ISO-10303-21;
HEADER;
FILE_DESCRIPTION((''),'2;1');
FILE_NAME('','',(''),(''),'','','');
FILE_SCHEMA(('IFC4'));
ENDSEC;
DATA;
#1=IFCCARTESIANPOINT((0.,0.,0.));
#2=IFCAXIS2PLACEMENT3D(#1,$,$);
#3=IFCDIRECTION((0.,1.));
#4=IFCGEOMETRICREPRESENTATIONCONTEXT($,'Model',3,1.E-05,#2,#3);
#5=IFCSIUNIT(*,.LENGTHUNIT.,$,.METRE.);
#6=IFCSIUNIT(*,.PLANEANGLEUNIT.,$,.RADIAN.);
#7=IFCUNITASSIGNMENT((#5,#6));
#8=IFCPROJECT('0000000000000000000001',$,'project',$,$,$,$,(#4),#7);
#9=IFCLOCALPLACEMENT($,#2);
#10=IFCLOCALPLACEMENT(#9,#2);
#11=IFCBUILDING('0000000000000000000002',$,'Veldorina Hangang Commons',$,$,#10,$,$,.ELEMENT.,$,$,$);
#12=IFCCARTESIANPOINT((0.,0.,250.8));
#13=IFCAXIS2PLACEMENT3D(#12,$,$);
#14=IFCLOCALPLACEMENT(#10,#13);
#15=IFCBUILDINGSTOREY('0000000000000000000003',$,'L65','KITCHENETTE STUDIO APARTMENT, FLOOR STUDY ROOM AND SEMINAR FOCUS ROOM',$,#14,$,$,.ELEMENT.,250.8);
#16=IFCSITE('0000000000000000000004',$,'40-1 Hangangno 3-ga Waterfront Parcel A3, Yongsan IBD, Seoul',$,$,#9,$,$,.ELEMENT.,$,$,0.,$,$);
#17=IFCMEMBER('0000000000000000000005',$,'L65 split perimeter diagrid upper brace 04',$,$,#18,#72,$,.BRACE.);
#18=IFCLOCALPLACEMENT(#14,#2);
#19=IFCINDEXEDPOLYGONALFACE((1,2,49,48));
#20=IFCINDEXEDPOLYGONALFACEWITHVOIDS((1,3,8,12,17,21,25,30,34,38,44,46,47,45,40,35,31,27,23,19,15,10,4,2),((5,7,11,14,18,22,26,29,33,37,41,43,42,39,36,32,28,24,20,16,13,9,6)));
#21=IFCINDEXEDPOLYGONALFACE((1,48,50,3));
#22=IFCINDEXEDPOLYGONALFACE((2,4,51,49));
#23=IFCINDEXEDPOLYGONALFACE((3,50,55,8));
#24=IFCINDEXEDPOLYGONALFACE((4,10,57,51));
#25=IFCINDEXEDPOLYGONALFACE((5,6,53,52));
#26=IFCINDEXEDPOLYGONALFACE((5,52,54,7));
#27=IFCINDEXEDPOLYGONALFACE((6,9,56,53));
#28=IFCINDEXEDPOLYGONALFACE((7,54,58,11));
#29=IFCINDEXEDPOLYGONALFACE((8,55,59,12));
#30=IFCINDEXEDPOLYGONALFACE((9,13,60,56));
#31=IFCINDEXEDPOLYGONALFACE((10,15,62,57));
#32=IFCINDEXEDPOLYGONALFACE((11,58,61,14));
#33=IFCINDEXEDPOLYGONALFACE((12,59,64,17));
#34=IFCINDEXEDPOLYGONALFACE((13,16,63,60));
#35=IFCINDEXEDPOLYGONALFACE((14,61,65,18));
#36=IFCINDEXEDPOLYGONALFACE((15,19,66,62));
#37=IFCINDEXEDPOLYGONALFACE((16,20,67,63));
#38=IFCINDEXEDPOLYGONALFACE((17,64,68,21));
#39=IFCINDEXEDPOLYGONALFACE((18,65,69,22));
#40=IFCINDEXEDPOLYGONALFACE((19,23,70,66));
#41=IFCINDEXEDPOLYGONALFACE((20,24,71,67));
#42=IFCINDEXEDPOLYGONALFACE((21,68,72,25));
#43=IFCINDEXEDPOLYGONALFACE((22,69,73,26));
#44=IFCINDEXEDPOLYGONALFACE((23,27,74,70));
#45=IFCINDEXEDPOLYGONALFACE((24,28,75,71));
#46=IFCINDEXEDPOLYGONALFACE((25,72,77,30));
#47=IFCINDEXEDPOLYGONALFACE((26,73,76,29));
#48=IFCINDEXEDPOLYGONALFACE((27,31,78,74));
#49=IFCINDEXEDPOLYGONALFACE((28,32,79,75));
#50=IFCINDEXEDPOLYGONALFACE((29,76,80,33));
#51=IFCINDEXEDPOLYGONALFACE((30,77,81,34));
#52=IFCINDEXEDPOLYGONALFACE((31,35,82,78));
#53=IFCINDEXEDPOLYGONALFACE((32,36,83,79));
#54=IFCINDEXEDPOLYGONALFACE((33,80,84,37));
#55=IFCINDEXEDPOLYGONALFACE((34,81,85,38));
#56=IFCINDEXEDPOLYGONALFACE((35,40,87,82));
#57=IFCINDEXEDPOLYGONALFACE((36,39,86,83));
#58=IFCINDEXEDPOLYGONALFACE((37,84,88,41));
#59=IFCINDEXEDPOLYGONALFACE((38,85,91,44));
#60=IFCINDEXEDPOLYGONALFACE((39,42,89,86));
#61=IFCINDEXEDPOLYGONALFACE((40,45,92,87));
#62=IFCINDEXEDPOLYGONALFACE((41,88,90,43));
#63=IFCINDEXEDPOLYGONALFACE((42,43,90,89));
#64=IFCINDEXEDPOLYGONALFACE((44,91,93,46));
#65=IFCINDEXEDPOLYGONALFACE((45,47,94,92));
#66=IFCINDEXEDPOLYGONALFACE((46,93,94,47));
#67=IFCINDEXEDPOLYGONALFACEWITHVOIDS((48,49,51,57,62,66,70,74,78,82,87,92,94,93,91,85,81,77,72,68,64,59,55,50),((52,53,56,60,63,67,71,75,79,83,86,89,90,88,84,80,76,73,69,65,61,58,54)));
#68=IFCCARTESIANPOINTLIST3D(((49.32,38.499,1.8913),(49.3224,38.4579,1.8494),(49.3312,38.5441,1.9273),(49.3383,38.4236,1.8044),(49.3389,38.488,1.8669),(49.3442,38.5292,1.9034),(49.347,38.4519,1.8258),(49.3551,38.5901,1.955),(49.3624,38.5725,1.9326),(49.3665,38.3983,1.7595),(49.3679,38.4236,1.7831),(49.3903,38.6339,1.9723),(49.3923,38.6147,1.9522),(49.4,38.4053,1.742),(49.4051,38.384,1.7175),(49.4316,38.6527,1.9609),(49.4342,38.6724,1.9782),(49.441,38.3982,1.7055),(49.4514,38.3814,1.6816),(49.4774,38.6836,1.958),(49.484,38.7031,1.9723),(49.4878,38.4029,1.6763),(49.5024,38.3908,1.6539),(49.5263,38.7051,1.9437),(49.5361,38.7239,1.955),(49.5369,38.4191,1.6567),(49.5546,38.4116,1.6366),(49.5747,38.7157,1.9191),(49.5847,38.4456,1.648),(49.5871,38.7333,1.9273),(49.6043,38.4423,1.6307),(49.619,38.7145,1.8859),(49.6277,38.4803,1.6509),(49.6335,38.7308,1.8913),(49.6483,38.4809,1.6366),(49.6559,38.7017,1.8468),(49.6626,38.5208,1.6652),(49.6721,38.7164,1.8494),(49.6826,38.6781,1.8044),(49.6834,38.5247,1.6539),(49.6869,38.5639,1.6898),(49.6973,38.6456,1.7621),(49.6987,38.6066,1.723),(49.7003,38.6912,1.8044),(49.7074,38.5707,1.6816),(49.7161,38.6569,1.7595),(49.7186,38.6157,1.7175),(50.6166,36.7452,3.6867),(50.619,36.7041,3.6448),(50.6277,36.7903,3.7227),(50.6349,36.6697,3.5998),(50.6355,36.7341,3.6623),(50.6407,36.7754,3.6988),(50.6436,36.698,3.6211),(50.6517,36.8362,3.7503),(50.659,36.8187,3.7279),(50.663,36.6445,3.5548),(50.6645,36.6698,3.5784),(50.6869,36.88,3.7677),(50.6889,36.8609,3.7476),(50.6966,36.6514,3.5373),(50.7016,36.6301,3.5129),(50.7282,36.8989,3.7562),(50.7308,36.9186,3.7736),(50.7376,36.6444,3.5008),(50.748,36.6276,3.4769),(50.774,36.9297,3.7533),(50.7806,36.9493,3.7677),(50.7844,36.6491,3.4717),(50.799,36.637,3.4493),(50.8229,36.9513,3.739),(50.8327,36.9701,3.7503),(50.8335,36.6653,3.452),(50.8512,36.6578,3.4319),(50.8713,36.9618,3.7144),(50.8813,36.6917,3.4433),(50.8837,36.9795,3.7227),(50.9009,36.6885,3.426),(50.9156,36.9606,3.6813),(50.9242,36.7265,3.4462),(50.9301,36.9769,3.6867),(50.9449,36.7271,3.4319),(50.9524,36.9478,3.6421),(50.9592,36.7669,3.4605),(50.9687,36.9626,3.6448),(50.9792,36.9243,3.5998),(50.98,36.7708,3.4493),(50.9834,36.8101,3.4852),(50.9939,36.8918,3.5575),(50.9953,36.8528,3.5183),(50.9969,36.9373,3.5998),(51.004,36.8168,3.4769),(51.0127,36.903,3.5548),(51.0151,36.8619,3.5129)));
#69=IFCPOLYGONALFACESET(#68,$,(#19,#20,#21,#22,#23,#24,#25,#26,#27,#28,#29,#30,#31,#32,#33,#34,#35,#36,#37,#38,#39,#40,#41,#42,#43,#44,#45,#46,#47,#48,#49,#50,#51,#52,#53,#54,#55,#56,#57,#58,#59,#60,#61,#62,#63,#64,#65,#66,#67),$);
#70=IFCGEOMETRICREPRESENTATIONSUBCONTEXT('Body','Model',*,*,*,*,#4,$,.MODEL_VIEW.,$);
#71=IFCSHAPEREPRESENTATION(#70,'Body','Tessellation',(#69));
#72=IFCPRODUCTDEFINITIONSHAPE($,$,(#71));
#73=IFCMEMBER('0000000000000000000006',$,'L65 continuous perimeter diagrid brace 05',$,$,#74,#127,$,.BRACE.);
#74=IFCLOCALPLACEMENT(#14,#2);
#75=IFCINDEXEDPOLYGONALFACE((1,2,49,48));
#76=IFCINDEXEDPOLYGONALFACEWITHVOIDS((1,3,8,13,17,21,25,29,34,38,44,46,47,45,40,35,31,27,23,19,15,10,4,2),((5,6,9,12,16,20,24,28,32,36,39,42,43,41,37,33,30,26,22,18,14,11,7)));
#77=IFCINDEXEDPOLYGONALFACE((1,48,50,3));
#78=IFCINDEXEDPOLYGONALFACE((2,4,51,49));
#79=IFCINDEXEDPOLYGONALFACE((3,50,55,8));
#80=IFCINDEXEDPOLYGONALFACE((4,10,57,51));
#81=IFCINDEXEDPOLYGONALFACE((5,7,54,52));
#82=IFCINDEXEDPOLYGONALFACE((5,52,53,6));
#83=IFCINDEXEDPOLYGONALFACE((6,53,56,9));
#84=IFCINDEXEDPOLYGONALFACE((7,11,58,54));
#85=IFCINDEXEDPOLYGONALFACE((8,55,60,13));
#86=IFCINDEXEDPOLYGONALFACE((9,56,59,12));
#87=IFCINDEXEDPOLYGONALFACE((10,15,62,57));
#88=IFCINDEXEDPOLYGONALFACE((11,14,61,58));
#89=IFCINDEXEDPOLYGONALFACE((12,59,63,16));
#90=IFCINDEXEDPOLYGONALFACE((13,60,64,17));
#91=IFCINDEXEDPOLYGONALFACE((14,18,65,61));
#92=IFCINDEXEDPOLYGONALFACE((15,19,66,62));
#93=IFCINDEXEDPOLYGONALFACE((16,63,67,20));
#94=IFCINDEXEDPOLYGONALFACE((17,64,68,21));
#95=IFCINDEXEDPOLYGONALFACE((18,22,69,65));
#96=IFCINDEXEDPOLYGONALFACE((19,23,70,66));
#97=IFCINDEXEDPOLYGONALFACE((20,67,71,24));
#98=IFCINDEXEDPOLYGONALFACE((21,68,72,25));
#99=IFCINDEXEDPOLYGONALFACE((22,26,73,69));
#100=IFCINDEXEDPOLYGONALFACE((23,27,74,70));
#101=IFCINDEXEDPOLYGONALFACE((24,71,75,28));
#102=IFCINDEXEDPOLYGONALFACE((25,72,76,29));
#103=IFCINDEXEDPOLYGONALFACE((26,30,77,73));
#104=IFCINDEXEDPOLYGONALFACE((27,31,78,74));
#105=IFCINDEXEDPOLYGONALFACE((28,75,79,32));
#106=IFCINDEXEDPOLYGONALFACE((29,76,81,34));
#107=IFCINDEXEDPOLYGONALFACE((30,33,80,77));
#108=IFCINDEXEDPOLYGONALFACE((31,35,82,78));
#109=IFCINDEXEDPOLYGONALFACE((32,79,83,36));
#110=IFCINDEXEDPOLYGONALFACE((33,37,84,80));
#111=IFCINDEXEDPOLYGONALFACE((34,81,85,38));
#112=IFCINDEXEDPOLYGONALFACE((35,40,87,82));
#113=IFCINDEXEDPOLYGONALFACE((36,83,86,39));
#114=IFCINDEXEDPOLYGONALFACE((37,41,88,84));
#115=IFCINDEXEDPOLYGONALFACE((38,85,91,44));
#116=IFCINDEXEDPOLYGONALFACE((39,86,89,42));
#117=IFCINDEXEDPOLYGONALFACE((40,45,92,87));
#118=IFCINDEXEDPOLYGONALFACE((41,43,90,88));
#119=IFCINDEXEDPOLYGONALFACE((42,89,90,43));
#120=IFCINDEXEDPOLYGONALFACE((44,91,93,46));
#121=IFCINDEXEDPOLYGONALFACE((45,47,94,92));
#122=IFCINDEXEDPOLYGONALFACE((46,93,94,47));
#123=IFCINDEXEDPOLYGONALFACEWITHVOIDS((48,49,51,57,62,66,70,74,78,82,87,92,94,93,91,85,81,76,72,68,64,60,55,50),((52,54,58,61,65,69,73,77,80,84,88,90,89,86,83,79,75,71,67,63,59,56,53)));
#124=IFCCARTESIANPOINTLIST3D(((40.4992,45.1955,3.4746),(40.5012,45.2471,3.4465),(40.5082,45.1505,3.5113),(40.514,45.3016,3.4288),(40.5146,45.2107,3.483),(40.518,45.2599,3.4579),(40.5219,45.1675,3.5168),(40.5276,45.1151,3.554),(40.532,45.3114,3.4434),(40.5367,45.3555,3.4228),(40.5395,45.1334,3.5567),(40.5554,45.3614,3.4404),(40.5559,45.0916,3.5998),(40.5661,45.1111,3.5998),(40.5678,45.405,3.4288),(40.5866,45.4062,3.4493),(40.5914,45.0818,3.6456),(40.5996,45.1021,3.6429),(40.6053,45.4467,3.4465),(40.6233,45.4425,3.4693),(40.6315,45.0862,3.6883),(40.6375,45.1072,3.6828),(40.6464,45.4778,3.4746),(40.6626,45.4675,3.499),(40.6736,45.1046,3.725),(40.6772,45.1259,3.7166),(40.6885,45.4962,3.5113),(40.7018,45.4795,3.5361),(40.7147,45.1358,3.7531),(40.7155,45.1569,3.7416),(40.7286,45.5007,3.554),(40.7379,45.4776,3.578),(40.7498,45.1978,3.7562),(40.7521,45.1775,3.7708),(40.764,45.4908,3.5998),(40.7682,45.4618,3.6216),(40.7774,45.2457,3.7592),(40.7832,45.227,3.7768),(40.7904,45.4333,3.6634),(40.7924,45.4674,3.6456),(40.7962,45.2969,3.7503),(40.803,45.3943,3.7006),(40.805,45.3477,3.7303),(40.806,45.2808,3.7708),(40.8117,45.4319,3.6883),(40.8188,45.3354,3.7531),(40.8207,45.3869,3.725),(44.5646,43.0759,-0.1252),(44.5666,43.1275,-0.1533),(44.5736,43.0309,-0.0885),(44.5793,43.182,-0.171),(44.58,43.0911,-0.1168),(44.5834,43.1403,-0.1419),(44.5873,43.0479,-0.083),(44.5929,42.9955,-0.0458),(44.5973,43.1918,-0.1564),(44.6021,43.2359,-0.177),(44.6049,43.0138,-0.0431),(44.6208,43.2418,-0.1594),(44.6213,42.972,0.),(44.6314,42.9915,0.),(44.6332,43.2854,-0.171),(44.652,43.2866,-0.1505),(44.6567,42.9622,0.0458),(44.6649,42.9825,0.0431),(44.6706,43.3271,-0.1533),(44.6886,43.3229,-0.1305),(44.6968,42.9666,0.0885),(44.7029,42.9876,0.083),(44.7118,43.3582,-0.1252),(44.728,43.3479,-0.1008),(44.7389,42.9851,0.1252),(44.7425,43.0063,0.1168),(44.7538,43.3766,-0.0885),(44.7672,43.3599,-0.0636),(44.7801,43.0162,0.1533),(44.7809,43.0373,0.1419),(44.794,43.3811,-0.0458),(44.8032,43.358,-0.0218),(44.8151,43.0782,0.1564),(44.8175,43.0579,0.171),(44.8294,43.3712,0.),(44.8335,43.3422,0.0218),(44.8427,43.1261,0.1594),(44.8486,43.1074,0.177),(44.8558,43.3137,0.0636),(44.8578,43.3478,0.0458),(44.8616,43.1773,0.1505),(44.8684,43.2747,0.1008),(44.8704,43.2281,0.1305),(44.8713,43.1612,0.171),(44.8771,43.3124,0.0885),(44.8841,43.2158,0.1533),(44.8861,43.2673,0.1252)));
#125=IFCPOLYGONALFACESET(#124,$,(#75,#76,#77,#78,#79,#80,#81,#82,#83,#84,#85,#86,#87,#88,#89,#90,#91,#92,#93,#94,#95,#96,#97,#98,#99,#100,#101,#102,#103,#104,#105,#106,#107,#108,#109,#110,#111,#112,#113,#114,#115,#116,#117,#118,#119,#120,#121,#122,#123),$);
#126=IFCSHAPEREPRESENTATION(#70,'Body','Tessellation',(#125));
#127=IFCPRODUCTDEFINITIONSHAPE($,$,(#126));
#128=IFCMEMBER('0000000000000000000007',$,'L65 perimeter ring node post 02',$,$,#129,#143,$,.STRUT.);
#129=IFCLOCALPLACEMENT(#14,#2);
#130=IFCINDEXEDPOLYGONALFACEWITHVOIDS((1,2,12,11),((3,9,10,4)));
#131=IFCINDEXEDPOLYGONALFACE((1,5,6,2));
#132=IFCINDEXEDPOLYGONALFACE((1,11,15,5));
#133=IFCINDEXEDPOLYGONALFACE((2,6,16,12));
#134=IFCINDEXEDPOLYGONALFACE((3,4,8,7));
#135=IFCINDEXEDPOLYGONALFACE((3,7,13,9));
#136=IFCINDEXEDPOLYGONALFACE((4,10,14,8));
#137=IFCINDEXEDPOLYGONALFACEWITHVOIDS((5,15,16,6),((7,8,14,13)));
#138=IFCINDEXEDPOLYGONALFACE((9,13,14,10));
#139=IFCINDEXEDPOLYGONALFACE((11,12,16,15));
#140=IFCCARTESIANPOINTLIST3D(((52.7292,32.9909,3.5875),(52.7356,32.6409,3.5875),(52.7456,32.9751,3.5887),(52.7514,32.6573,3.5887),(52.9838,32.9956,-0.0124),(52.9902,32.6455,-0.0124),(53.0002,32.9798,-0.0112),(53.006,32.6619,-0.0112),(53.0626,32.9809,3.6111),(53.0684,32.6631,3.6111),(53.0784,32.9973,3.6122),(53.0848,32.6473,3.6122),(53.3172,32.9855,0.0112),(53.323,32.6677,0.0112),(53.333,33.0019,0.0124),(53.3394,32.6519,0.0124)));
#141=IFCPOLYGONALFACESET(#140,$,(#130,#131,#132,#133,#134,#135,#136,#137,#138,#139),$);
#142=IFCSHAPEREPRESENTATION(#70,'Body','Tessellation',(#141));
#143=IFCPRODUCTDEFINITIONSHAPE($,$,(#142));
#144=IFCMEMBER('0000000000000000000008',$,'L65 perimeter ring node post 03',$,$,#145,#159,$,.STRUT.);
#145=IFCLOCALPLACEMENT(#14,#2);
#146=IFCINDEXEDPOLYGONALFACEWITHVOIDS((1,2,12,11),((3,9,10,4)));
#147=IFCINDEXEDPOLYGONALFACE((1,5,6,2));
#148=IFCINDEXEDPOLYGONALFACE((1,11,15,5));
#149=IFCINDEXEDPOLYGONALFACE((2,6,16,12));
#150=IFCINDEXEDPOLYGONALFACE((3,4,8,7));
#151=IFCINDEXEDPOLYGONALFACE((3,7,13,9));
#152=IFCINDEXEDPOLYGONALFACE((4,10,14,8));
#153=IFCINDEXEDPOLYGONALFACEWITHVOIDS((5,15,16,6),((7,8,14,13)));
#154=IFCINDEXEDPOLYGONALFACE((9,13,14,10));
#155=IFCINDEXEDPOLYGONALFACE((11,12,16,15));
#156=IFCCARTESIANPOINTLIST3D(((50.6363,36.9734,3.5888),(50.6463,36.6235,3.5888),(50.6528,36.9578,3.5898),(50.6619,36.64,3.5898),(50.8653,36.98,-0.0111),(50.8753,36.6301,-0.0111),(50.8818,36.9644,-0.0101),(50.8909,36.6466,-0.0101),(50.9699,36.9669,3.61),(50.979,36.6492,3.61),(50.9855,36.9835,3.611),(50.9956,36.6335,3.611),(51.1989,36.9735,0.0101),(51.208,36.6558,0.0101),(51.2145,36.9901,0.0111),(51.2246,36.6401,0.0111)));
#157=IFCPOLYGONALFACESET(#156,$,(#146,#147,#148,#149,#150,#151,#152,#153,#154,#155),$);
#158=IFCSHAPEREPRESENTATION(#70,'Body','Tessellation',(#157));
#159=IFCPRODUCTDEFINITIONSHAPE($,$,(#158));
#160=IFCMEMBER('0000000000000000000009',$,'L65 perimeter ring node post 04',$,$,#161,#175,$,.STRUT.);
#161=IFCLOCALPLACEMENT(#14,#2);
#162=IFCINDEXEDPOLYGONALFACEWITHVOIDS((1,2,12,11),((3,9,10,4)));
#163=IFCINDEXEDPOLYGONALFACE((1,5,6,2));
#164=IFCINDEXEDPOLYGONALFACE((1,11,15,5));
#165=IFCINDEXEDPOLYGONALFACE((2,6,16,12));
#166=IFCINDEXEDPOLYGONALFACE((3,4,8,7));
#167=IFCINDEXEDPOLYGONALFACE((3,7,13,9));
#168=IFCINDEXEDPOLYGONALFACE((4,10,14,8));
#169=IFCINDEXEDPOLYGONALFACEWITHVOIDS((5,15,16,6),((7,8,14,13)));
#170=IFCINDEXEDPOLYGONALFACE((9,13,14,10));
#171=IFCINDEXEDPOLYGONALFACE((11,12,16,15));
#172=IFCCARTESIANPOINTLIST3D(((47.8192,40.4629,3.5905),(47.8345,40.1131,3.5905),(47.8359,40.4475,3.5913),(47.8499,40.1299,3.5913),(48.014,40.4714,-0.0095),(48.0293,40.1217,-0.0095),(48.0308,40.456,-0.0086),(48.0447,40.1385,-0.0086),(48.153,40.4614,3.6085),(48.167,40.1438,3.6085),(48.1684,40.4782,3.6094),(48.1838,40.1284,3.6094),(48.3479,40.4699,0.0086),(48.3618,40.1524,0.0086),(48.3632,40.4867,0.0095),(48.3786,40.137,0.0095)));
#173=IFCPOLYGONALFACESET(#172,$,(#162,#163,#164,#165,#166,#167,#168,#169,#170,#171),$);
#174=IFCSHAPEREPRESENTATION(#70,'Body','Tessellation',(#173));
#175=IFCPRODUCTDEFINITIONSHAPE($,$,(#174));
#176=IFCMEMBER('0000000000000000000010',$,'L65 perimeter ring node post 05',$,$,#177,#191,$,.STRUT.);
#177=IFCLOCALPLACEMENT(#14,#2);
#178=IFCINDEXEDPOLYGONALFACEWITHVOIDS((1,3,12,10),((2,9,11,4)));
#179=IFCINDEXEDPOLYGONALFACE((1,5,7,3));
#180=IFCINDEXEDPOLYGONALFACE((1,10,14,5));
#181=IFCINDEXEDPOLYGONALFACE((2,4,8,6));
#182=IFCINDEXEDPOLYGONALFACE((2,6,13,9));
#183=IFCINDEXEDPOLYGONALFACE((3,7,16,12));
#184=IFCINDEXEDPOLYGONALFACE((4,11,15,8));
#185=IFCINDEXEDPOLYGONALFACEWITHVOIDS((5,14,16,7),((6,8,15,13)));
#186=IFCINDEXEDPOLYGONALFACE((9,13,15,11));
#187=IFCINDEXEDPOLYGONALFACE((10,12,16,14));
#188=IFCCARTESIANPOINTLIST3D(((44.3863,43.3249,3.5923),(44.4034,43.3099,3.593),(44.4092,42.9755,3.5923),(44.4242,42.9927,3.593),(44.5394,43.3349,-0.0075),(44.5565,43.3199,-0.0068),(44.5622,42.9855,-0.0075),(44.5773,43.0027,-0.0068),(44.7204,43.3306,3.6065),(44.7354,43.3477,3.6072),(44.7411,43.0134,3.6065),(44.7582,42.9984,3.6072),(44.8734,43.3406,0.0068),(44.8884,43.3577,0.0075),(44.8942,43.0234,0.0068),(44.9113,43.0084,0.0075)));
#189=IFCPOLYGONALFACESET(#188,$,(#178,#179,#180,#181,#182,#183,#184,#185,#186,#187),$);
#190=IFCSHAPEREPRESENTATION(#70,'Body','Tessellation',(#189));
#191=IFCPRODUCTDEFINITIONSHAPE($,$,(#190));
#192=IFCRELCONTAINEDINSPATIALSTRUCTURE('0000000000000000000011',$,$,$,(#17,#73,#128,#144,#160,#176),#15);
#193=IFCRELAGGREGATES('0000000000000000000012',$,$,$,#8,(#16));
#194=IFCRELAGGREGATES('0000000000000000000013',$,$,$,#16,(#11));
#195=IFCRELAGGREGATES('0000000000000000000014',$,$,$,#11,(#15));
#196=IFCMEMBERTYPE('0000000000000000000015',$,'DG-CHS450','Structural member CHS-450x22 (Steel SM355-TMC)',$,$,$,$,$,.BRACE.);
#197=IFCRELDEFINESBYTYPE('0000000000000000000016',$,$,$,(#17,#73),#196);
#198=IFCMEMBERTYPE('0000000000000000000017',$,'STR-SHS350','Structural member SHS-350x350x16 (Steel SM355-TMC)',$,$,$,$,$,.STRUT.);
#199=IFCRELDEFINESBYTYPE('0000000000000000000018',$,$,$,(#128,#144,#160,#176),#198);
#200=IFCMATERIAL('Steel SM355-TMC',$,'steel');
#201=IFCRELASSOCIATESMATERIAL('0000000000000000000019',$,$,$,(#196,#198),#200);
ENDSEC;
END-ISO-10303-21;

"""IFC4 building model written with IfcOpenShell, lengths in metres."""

from ifc_helpers import new_model, si_unit, direction, frame, origin, origin_2d, place, context, subcontext, project, spatial, hollow_rectangle, hollow_circle, extrude, material, material_profile, profile_set, type_object, element, save


model = new_model("IFC4")

# Units and contexts
model_context = context("Model", 3, precision=1e-05, world=origin(), true_north=direction((0.0, 1.0)))
body_context = subcontext(model_context, "Body", "Model", "MODEL_VIEW")
ifc_project = project(units=[si_unit("LENGTHUNIT", "METRE"), si_unit("PLANEANGLEUNIT", "RADIAN")], contexts=[model_context])

# Site, building, storey
site_placement = place(None, origin())
site = spatial("IfcSite", under=ifc_project, at=site_placement, Name="40-1 Hangangno 3-ga Waterfront Parcel A3, Yongsan IBD, Seoul", CompositionType="ELEMENT", RefElevation=0.0)
building_placement = place(site_placement, origin())
building = spatial("IfcBuilding", under=site, at=building_placement, Name="Veldorina Hangang Commons", CompositionType="ELEMENT")
storey_placement = place(building_placement, frame((0.0, 0.0, 250.8)))
storey = spatial("IfcBuildingStorey", under=building, at=storey_placement, Name="L65", Description="KITCHENETTE STUDIO APARTMENT, FLOOR STUDY ROOM AND SEMINAR FOCUS ROOM", CompositionType="ELEMENT", Elevation=250.8)

# Shared definitions
ifc_material_1 = material(Name="Steel SM355-TMC", Category="steel")

# Members
ifc_material_profile_1 = material_profile(ifc_material_1, hollow_circle(Radius=0.2251, WallThickness=0.022, at=origin_2d()), Name="CHS-450x22")
ifc_profile_set_1 = profile_set([ifc_material_profile_1], Name="Steel SM355-TMC")
member_type_1 = type_object("IfcMemberType", Name="DG-CHS450", Description="Structural member CHS-450x22 (Steel SM355-TMC)", PredefinedType="BRACE", material=ifc_profile_set_1)
member_1_placement = place(storey_placement, frame((49.5193, 38.5574, 1.8044), z_axis=(0.458975, -0.62084, 0.635531), x_axis=(0.804118, 0.59447, 0.0)))
element("IfcMember", 1, at=member_1_placement, inside=storey, type_object=member_type_1, Name="L65 split perimeter diagrid upper brace 04", PredefinedType="BRACE", context=body_context, shape_type="SweptSolid", body=[
    extrude(hollow_circle(Radius=0.2251, WallThickness=0.022, at=origin_2d()), origin(), (0.0, 0.0, 1.0), 2.825),
])
member_2_placement = place(storey_placement, frame((44.7253, 43.1716, 0.0), z_axis=(-0.697426, 0.363623, 0.617556), x_axis=(-0.462315, -0.886716, 0.0)))
element("IfcMember", 2, at=member_2_placement, inside=storey, type_object=member_type_1, Name="L65 continuous perimeter diagrid brace 05", PredefinedType="BRACE", context=body_context, shape_type="SweptSolid", body=[
    extrude(hollow_circle(Radius=0.2251, WallThickness=0.022, at=origin_2d()), origin(), (0.0, 0.0, 1.0), 5.8291),
])
ifc_material_profile_2 = material_profile(ifc_material_1, hollow_rectangle(XDim=0.3501, YDim=0.3501, WallThickness=0.0161, at=origin_2d()), Name="SHS-350x350x16")
ifc_profile_set_2 = profile_set([ifc_material_profile_2], Name="Steel SM355-TMC")
member_type_2 = type_object("IfcMemberType", Name="STR-SHS350", Description="Structural member SHS-350x350x16 (Steel SM355-TMC)", PredefinedType="STRUT", material=ifc_profile_set_2)
member_3_placement = place(storey_placement, frame((53.1616, 32.8237, 0.0), z_axis=(-0.070559, -0.001285, 0.997507), x_axis=(0.018214, -0.999834, 0.0)))
element("IfcMember", 3, at=member_3_placement, inside=storey, type_object=member_type_2, Name="L65 perimeter ring node post 02", PredefinedType="STRUT", context=body_context, shape_type="SweptSolid", body=[
    extrude(hollow_rectangle(XDim=0.3501, YDim=0.3501, WallThickness=0.0161, at=origin_2d()), origin(), (0.0, 0.0, 1.0), 3.6089),
])
member_4_placement = place(storey_placement, frame((51.0449, 36.8101, 0.0), z_axis=(-0.063486, -0.001827, 0.997981), x_axis=(0.028773, -0.999586, 0.0)))
element("IfcMember", 4, at=member_4_placement, inside=storey, type_object=member_type_2, Name="L65 perimeter ring node post 03", PredefinedType="STRUT", context=body_context, shape_type="SweptSolid", body=[
    extrude(hollow_rectangle(XDim=0.3501, YDim=0.3501, WallThickness=0.0161, at=origin_2d()), origin(), (0.0, 0.0, 1.0), 3.6072),
])
member_5_placement = place(storey_placement, frame((48.1963, 40.3042, 0.0), z_axis=(-0.054041, -0.00237, 0.998536), x_axis=(0.043818, -0.99904, 0.0)))
element("IfcMember", 5, at=member_5_placement, inside=storey, type_object=member_type_2, Name="L65 perimeter ring node post 04", PredefinedType="STRUT", context=body_context, shape_type="SweptSolid", body=[
    extrude(hollow_rectangle(XDim=0.3501, YDim=0.3501, WallThickness=0.0161, at=origin_2d()), origin(), (0.0, 0.0, 1.0), 3.6052),
])
member_6_placement = place(storey_placement, frame((44.7253, 43.1716, 0.0), z_axis=(-0.042484, -0.002778, 0.999093), x_axis=(0.065251, -0.997869, 0.0)))
element("IfcMember", 6, at=member_6_placement, inside=storey, type_object=member_type_2, Name="L65 perimeter ring node post 05", PredefinedType="STRUT", context=body_context, shape_type="SweptSolid", body=[
    extrude(hollow_rectangle(XDim=0.3501, YDim=0.3501, WallThickness=0.0161, at=origin_2d()), origin(), (0.0, 0.0, 1.0), 3.603),
])

save(model, "model.ifc")
